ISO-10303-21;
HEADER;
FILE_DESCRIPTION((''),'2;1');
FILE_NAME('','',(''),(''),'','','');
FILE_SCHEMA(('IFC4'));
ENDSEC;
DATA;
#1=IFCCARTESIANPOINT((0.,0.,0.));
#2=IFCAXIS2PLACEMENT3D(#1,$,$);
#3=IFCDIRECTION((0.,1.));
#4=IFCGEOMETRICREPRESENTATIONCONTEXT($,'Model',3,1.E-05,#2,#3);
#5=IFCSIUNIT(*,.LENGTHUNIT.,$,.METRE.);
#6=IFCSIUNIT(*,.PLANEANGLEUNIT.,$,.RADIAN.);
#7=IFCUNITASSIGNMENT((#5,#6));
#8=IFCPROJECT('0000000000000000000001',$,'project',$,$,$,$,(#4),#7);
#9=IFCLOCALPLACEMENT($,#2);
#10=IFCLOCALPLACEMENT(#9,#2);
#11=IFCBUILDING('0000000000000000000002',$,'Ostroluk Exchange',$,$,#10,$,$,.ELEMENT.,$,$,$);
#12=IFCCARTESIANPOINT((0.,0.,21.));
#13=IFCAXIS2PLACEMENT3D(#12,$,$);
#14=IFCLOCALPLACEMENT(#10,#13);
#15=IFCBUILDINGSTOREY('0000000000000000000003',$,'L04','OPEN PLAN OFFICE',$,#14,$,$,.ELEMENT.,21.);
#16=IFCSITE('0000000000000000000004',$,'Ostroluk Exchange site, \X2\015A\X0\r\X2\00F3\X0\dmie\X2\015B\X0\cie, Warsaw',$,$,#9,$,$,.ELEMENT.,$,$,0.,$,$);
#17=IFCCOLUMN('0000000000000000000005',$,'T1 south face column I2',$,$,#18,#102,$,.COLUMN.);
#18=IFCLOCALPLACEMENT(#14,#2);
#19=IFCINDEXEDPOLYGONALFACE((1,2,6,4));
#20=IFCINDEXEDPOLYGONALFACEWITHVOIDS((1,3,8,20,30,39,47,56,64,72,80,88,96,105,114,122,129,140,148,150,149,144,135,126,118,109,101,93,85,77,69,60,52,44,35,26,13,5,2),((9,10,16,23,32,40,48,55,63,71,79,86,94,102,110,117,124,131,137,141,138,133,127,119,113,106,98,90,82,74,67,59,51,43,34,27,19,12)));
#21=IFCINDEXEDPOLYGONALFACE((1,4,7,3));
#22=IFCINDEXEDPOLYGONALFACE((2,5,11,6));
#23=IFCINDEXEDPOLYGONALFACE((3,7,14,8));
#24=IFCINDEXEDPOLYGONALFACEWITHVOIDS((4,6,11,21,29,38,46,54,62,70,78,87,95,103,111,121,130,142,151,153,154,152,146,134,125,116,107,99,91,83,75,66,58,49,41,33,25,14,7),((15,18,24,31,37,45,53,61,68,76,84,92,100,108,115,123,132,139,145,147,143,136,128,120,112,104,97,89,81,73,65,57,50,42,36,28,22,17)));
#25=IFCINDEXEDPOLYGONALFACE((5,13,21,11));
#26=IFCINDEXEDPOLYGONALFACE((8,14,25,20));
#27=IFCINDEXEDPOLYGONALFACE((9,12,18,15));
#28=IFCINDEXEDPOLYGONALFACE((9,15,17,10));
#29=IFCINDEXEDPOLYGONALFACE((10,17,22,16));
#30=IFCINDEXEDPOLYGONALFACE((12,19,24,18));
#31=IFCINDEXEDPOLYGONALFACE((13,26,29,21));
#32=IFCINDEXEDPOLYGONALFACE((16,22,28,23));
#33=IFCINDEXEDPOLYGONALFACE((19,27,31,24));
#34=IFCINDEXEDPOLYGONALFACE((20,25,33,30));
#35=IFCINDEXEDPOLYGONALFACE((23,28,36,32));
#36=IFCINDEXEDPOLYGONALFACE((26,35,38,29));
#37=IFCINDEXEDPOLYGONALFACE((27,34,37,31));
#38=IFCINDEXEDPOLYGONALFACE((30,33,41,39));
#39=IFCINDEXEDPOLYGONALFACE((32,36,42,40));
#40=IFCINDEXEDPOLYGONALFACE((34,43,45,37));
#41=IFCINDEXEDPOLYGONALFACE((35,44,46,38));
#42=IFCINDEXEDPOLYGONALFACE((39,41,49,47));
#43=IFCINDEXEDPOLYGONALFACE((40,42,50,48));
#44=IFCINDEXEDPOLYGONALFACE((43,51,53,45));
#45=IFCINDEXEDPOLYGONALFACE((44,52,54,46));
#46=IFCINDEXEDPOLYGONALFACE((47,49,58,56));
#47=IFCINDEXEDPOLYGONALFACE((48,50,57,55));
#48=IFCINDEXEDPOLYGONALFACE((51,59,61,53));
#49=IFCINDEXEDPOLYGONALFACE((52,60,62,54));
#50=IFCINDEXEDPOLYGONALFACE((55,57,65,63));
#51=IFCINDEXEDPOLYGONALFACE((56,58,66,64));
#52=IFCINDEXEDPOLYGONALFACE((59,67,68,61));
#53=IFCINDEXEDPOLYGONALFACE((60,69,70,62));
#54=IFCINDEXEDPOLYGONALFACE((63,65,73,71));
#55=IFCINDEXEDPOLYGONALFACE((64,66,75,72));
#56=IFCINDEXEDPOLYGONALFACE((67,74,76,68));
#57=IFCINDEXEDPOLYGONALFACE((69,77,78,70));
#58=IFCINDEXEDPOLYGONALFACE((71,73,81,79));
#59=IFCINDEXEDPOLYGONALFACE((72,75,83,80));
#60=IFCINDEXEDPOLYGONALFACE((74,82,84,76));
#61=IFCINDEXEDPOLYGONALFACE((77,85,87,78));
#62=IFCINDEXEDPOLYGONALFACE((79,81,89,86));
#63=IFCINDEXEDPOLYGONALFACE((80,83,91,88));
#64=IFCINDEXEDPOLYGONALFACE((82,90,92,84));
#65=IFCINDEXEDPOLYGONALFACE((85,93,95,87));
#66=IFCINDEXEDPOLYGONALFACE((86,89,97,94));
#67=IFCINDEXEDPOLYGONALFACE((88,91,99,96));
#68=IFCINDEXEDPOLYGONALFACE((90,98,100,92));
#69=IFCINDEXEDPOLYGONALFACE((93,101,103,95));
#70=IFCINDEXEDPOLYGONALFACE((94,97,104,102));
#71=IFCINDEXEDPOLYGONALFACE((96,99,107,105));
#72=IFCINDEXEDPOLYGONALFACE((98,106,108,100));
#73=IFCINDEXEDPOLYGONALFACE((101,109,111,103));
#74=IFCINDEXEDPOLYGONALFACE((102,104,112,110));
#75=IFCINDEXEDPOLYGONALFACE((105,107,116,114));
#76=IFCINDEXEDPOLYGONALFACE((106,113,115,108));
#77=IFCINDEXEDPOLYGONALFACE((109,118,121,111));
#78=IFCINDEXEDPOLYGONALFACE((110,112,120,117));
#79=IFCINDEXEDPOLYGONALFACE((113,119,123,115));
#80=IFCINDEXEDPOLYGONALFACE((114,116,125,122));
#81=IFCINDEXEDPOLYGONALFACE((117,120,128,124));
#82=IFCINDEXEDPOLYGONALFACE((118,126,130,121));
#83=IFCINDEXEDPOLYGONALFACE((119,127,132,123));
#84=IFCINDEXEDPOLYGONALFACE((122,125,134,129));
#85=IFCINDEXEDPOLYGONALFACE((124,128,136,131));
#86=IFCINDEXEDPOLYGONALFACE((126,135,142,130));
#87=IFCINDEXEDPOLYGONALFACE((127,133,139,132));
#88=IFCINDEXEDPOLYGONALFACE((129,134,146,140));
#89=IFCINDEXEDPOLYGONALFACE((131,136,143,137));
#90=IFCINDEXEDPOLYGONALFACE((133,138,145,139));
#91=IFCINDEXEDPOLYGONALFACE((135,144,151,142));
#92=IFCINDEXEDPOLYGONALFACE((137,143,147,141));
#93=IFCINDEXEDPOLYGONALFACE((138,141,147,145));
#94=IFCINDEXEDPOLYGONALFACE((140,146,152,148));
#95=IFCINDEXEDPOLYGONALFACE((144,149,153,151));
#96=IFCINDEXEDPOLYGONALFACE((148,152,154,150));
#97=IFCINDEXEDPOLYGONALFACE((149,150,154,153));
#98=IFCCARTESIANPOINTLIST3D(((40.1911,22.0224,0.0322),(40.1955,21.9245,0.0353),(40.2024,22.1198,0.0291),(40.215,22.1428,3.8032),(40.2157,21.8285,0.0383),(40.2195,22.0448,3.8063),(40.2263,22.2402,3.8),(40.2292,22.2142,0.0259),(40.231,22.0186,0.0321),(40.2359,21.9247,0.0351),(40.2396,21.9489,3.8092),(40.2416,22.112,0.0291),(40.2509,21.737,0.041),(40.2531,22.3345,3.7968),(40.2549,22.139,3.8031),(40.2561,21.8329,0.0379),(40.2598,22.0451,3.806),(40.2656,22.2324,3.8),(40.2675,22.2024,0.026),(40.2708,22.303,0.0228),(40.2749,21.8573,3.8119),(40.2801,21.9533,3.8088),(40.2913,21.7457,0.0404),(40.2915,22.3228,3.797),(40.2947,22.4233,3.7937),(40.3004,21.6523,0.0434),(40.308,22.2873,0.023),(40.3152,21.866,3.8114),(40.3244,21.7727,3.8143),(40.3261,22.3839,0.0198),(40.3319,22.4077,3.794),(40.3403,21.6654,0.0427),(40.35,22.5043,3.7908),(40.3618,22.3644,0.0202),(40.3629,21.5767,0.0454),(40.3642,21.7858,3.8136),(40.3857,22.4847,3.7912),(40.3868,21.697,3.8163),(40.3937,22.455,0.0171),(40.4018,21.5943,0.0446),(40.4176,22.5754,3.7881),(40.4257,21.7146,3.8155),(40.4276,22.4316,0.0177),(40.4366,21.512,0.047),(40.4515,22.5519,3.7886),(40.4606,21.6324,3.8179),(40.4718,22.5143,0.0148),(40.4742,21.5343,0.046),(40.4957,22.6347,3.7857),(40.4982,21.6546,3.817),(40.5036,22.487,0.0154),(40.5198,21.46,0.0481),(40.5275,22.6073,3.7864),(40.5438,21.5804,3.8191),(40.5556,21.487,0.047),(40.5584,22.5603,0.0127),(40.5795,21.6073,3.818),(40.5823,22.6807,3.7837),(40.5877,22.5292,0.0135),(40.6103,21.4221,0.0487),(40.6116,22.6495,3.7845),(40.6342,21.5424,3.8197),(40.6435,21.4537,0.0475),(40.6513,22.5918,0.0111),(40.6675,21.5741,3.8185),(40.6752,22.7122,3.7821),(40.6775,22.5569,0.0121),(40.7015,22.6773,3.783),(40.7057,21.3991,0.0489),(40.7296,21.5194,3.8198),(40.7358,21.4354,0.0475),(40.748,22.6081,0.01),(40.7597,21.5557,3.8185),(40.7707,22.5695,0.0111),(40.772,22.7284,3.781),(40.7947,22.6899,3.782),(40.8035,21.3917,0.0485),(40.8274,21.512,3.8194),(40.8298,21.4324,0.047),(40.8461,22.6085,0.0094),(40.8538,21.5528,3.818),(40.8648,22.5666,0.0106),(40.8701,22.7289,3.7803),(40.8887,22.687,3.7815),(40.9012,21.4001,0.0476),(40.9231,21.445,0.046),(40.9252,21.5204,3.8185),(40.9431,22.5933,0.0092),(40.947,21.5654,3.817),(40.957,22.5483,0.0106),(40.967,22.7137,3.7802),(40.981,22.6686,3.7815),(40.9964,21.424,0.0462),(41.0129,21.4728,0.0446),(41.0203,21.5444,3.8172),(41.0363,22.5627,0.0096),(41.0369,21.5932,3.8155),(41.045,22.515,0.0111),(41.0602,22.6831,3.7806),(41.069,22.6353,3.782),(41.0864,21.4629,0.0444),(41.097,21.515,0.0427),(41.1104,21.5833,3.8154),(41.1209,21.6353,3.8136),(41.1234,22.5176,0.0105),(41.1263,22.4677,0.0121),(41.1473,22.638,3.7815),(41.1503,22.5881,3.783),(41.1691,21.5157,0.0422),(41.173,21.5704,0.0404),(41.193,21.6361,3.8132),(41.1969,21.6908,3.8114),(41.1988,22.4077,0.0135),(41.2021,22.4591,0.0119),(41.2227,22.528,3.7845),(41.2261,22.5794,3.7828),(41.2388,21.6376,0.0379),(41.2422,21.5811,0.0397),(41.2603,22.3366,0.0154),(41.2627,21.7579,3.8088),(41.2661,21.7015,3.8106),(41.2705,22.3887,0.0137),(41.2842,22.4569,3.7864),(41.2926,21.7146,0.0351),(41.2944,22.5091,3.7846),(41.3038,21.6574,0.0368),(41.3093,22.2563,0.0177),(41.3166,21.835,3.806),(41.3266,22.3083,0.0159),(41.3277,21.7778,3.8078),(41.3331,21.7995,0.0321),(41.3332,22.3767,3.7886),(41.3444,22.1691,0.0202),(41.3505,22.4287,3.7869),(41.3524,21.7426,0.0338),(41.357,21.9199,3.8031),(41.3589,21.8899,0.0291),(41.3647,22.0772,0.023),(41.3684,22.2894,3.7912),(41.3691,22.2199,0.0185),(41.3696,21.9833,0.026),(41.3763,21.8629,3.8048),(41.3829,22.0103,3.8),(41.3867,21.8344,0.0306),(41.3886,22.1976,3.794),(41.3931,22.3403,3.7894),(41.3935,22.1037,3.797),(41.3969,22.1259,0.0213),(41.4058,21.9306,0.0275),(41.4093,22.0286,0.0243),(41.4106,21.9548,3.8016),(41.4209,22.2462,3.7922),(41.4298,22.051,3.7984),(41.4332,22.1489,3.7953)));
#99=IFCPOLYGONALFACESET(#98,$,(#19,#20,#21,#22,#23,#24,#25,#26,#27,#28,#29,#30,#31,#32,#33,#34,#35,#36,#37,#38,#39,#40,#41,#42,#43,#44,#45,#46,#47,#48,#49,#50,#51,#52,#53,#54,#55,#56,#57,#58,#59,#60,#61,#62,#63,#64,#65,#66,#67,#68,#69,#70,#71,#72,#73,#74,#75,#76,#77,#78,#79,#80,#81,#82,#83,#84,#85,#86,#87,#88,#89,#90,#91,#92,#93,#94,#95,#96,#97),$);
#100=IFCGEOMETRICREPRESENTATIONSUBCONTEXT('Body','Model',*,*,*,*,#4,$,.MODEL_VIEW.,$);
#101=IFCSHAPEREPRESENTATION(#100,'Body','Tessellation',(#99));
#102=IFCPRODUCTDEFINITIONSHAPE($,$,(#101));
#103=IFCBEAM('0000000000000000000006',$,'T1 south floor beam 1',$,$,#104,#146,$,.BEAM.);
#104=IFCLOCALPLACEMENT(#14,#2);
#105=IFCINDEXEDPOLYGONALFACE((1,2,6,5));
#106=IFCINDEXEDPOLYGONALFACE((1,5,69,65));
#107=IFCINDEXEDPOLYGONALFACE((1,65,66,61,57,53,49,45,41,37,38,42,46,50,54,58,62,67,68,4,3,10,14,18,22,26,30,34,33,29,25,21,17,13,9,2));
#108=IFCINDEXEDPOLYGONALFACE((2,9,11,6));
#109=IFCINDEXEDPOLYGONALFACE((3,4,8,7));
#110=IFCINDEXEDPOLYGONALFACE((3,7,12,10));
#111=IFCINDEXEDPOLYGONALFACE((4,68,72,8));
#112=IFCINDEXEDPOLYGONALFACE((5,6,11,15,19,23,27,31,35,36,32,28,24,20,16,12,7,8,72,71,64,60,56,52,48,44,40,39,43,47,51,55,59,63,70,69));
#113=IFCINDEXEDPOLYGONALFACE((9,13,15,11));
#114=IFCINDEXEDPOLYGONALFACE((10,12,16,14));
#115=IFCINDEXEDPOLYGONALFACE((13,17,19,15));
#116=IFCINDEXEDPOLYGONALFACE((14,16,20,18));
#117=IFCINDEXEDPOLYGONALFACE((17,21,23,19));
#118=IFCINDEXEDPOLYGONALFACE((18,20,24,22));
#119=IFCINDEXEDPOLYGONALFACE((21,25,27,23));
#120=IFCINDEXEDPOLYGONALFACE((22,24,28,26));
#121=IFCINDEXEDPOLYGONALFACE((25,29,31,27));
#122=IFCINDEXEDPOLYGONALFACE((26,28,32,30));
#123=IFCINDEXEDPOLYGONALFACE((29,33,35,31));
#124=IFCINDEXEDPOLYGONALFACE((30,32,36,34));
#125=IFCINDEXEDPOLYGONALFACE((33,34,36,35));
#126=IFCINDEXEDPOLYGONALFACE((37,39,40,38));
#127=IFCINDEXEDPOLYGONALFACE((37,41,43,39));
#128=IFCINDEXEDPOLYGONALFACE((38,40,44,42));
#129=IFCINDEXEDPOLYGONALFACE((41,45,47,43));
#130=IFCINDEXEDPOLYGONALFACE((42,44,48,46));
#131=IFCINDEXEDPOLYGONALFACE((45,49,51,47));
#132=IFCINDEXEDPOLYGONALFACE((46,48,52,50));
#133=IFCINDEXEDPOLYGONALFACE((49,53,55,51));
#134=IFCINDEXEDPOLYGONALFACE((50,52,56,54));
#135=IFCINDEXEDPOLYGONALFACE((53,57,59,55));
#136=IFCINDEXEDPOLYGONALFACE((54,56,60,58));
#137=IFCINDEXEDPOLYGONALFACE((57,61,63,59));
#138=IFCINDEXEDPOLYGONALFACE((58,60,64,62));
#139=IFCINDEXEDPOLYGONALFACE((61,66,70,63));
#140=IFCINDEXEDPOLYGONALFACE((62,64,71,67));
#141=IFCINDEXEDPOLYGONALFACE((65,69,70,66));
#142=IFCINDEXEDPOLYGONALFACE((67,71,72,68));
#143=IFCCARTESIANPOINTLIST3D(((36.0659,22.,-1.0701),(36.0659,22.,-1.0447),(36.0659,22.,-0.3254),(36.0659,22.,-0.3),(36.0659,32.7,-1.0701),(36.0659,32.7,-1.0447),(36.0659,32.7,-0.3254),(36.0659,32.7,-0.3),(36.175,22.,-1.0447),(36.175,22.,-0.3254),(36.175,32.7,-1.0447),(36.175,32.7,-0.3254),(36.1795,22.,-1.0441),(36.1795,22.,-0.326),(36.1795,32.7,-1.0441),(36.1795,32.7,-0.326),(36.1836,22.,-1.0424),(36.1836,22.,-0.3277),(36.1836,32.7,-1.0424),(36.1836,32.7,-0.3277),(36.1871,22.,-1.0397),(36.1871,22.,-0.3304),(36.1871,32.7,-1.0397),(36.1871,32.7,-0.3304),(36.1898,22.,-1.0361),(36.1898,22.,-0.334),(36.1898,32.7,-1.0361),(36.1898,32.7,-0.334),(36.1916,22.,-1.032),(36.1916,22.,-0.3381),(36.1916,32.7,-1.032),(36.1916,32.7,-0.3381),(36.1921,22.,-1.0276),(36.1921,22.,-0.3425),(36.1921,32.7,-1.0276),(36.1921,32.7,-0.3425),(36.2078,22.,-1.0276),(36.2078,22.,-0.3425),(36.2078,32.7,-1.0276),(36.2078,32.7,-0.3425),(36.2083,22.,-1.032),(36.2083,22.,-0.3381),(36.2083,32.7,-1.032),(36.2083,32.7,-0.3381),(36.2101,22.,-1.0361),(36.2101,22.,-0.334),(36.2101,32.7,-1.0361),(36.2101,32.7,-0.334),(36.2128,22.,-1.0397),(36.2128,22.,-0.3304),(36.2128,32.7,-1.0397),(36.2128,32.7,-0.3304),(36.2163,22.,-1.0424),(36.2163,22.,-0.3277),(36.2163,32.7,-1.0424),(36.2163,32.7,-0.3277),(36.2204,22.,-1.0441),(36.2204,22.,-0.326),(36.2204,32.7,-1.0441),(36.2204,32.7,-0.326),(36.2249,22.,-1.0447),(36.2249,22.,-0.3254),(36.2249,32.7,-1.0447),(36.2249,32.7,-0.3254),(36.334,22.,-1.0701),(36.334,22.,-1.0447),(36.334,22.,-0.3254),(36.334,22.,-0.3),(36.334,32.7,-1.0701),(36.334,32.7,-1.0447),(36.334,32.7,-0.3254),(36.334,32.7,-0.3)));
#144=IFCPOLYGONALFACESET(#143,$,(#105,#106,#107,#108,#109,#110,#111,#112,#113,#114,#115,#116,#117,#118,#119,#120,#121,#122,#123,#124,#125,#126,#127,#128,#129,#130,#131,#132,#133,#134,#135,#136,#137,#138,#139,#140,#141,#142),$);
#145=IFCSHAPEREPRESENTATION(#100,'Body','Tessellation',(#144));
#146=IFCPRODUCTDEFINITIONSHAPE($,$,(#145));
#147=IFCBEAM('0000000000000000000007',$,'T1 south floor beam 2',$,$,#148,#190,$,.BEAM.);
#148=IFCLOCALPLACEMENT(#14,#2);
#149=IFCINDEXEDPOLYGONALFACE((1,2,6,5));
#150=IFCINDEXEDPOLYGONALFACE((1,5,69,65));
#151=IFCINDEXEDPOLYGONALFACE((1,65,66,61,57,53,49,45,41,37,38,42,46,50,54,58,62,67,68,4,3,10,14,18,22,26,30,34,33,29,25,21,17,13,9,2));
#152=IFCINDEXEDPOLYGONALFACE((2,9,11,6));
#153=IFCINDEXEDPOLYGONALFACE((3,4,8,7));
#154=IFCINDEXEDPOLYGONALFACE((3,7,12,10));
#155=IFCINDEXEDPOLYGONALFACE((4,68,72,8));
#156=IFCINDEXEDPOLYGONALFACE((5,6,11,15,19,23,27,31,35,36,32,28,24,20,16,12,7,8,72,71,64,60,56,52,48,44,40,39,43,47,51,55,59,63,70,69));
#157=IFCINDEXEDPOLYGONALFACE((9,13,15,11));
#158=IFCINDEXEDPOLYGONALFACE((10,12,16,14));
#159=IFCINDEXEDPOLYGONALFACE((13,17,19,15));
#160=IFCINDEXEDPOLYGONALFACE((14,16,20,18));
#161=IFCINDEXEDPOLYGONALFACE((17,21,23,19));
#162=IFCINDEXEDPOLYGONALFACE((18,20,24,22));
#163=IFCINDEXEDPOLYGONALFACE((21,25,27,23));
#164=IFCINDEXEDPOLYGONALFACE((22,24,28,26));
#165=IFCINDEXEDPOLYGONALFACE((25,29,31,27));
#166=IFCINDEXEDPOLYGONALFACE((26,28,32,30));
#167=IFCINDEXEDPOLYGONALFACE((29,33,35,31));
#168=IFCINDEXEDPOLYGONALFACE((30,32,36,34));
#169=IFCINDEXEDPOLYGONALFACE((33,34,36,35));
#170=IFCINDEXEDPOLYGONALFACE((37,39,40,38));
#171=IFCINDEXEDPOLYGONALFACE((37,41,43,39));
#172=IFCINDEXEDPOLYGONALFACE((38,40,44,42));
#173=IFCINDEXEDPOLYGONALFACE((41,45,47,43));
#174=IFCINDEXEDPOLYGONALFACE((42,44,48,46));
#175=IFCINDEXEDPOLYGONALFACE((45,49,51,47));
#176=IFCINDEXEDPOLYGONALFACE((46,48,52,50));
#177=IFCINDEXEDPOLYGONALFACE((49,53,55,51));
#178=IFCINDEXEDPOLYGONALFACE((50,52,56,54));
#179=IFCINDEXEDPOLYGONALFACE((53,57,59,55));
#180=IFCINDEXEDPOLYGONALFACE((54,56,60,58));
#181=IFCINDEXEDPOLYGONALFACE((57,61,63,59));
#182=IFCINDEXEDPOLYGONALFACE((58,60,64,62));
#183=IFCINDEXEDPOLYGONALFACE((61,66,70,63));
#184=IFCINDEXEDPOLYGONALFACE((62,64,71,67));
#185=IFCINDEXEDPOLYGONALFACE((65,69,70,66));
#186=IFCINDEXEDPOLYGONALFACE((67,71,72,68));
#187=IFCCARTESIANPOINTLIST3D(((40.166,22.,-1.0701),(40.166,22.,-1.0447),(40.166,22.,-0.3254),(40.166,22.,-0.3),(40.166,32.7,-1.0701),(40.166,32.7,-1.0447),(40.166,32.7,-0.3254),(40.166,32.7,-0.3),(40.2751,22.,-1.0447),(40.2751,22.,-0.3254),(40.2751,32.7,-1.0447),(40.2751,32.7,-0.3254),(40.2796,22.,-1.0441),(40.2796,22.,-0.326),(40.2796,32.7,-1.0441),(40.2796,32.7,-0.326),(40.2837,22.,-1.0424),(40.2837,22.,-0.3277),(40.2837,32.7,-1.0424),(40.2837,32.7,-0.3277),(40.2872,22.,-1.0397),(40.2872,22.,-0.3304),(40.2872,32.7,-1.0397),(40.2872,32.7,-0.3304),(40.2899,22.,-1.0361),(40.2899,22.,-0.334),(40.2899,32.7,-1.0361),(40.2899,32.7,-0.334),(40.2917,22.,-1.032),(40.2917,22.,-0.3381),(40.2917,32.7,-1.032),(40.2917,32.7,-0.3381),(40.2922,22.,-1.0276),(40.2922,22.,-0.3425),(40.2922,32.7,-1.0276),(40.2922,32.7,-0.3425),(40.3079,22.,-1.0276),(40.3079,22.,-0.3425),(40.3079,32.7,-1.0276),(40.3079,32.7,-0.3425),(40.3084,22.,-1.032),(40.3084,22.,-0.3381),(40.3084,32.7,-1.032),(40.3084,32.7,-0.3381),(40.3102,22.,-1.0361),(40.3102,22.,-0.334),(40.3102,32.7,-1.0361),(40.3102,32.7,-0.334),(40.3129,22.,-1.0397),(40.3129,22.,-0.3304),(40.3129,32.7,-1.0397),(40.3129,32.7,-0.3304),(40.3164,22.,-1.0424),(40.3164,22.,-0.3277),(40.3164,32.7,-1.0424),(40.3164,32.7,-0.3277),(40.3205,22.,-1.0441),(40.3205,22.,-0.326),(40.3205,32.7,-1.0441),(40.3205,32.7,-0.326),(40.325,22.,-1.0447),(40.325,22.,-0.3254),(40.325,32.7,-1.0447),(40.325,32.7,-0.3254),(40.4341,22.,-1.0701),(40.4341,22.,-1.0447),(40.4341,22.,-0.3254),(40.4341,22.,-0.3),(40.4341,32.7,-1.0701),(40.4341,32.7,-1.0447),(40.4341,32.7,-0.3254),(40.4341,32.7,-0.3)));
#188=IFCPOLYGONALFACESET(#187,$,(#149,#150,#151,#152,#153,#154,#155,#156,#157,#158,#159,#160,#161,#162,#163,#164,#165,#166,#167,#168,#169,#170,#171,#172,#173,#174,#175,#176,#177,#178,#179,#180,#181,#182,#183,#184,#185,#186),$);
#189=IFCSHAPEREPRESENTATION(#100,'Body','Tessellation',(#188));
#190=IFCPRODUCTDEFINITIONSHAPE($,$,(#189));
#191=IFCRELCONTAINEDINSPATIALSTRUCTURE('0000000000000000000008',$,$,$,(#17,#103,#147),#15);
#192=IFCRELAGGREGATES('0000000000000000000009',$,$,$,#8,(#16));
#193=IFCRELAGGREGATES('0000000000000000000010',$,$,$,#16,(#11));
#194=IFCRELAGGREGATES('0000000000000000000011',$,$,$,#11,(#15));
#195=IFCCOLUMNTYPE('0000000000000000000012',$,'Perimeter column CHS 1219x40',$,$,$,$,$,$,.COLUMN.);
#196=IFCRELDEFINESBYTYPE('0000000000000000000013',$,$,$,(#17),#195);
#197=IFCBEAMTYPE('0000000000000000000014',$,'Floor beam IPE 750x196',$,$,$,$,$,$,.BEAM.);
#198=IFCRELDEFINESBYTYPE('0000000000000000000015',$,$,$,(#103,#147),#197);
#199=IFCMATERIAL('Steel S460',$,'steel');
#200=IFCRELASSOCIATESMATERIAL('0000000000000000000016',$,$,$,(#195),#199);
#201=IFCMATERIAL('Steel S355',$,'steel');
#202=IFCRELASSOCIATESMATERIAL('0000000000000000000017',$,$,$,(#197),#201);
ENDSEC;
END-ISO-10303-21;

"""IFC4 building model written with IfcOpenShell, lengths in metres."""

from ifc_helpers import new_model, si_unit, direction, frame, origin, origin_2d, place, context, subcontext, project, spatial, hollow_circle, i_section, extrude, material, material_profile, profile_set, type_object, element, save


model = new_model("IFC4")

# Units and contexts
model_context = context("Model", 3, precision=1e-05, world=origin(), true_north=direction((0.0, 1.0)))
body_context = subcontext(model_context, "Body", "Model", "MODEL_VIEW")
ifc_project = project(units=[si_unit("LENGTHUNIT", "METRE"), si_unit("PLANEANGLEUNIT", "RADIAN")], contexts=[model_context])

# Site, building, storey
site_placement = place(None, origin())
site = spatial("IfcSite", under=ifc_project, at=site_placement, Name="Ostroluk Exchange site, Śródmieście, Warsaw", CompositionType="ELEMENT", RefElevation=0.0)
building_placement = place(site_placement, origin())
building = spatial("IfcBuilding", under=site, at=building_placement, Name="Ostroluk Exchange", CompositionType="ELEMENT")
storey_placement = place(building_placement, frame((0.0, 0.0, 21.0)))
storey = spatial("IfcBuildingStorey", under=building, at=storey_placement, Name="L04", Description="OPEN PLAN OFFICE", CompositionType="ELEMENT", Elevation=21.0)

# Column
ifc_material_1 = material(Name="Steel S460", Category="steel")
ifc_material_profile_1 = material_profile(ifc_material_1, hollow_circle(Radius=0.6096, WallThickness=0.04, at=origin_2d()), Name="CHS 1219x40")
ifc_profile_set_1 = profile_set([ifc_material_profile_1], Name="Steel S460")
column_type = type_object("IfcColumnType", Name="Perimeter column CHS 1219x40", PredefinedType="COLUMN", material=ifc_profile_set_1)
column_placement = place(storey_placement, frame((40.8003, 22.001, 0.0291), z_axis=(0.006341, 0.031901, 0.999471), x_axis=(-0.98081, 0.194968, 0.0)))
element("IfcColumn", 1, at=column_placement, inside=storey, type_object=column_type, Name="T1 south face column I2", PredefinedType="COLUMN", context=body_context, shape_type="SweptSolid", body=[
    extrude(hollow_circle(Radius=0.6096, WallThickness=0.04, at=origin_2d()), origin(), (0.0, 0.0, 1.0), 3.7729),
])

# Beams
ifc_material_2 = material(Name="Steel S355", Category="steel")
ifc_material_profile_2 = material_profile(ifc_material_2, i_section(OverallWidth=0.2681, OverallDepth=0.77, WebThickness=0.0156, FlangeThickness=0.0254, FilletRadius=0.0171, at=origin_2d()), Name="IPE 750x196")
ifc_profile_set_2 = profile_set([ifc_material_profile_2], Name="Steel S355")
beam_type_1 = type_object("IfcBeamType", Name="Floor beam IPE 750x196", PredefinedType="BEAM", material=ifc_profile_set_2)
for number, where, z_axis, x_axis, name in (
    (2, (36.2, 32.7, -0.6851), (0.0, -1.0, 0.0), (1.0, 0.0, 0.0), "T1 south floor beam 1"),
    (3, (40.3, 32.7, -0.6851), (0.0, -1.0, 0.0), (1.0, 0.0, 0.0), "T1 south floor beam 2"),
):
    element("IfcBeam", number, at=place(storey_placement, frame(where, z_axis=z_axis, x_axis=x_axis)), inside=storey, type_object=beam_type_1, Name=name, PredefinedType="BEAM", context=body_context, shape_type="SweptSolid", body=[
        extrude(i_section(OverallWidth=0.2681, OverallDepth=0.77, WebThickness=0.0156, FlangeThickness=0.0254, FilletRadius=0.0171, at=origin_2d()), origin(), (0.0, 0.0, 1.0), 10.7),
    ])

save(model, "model.ifc")
